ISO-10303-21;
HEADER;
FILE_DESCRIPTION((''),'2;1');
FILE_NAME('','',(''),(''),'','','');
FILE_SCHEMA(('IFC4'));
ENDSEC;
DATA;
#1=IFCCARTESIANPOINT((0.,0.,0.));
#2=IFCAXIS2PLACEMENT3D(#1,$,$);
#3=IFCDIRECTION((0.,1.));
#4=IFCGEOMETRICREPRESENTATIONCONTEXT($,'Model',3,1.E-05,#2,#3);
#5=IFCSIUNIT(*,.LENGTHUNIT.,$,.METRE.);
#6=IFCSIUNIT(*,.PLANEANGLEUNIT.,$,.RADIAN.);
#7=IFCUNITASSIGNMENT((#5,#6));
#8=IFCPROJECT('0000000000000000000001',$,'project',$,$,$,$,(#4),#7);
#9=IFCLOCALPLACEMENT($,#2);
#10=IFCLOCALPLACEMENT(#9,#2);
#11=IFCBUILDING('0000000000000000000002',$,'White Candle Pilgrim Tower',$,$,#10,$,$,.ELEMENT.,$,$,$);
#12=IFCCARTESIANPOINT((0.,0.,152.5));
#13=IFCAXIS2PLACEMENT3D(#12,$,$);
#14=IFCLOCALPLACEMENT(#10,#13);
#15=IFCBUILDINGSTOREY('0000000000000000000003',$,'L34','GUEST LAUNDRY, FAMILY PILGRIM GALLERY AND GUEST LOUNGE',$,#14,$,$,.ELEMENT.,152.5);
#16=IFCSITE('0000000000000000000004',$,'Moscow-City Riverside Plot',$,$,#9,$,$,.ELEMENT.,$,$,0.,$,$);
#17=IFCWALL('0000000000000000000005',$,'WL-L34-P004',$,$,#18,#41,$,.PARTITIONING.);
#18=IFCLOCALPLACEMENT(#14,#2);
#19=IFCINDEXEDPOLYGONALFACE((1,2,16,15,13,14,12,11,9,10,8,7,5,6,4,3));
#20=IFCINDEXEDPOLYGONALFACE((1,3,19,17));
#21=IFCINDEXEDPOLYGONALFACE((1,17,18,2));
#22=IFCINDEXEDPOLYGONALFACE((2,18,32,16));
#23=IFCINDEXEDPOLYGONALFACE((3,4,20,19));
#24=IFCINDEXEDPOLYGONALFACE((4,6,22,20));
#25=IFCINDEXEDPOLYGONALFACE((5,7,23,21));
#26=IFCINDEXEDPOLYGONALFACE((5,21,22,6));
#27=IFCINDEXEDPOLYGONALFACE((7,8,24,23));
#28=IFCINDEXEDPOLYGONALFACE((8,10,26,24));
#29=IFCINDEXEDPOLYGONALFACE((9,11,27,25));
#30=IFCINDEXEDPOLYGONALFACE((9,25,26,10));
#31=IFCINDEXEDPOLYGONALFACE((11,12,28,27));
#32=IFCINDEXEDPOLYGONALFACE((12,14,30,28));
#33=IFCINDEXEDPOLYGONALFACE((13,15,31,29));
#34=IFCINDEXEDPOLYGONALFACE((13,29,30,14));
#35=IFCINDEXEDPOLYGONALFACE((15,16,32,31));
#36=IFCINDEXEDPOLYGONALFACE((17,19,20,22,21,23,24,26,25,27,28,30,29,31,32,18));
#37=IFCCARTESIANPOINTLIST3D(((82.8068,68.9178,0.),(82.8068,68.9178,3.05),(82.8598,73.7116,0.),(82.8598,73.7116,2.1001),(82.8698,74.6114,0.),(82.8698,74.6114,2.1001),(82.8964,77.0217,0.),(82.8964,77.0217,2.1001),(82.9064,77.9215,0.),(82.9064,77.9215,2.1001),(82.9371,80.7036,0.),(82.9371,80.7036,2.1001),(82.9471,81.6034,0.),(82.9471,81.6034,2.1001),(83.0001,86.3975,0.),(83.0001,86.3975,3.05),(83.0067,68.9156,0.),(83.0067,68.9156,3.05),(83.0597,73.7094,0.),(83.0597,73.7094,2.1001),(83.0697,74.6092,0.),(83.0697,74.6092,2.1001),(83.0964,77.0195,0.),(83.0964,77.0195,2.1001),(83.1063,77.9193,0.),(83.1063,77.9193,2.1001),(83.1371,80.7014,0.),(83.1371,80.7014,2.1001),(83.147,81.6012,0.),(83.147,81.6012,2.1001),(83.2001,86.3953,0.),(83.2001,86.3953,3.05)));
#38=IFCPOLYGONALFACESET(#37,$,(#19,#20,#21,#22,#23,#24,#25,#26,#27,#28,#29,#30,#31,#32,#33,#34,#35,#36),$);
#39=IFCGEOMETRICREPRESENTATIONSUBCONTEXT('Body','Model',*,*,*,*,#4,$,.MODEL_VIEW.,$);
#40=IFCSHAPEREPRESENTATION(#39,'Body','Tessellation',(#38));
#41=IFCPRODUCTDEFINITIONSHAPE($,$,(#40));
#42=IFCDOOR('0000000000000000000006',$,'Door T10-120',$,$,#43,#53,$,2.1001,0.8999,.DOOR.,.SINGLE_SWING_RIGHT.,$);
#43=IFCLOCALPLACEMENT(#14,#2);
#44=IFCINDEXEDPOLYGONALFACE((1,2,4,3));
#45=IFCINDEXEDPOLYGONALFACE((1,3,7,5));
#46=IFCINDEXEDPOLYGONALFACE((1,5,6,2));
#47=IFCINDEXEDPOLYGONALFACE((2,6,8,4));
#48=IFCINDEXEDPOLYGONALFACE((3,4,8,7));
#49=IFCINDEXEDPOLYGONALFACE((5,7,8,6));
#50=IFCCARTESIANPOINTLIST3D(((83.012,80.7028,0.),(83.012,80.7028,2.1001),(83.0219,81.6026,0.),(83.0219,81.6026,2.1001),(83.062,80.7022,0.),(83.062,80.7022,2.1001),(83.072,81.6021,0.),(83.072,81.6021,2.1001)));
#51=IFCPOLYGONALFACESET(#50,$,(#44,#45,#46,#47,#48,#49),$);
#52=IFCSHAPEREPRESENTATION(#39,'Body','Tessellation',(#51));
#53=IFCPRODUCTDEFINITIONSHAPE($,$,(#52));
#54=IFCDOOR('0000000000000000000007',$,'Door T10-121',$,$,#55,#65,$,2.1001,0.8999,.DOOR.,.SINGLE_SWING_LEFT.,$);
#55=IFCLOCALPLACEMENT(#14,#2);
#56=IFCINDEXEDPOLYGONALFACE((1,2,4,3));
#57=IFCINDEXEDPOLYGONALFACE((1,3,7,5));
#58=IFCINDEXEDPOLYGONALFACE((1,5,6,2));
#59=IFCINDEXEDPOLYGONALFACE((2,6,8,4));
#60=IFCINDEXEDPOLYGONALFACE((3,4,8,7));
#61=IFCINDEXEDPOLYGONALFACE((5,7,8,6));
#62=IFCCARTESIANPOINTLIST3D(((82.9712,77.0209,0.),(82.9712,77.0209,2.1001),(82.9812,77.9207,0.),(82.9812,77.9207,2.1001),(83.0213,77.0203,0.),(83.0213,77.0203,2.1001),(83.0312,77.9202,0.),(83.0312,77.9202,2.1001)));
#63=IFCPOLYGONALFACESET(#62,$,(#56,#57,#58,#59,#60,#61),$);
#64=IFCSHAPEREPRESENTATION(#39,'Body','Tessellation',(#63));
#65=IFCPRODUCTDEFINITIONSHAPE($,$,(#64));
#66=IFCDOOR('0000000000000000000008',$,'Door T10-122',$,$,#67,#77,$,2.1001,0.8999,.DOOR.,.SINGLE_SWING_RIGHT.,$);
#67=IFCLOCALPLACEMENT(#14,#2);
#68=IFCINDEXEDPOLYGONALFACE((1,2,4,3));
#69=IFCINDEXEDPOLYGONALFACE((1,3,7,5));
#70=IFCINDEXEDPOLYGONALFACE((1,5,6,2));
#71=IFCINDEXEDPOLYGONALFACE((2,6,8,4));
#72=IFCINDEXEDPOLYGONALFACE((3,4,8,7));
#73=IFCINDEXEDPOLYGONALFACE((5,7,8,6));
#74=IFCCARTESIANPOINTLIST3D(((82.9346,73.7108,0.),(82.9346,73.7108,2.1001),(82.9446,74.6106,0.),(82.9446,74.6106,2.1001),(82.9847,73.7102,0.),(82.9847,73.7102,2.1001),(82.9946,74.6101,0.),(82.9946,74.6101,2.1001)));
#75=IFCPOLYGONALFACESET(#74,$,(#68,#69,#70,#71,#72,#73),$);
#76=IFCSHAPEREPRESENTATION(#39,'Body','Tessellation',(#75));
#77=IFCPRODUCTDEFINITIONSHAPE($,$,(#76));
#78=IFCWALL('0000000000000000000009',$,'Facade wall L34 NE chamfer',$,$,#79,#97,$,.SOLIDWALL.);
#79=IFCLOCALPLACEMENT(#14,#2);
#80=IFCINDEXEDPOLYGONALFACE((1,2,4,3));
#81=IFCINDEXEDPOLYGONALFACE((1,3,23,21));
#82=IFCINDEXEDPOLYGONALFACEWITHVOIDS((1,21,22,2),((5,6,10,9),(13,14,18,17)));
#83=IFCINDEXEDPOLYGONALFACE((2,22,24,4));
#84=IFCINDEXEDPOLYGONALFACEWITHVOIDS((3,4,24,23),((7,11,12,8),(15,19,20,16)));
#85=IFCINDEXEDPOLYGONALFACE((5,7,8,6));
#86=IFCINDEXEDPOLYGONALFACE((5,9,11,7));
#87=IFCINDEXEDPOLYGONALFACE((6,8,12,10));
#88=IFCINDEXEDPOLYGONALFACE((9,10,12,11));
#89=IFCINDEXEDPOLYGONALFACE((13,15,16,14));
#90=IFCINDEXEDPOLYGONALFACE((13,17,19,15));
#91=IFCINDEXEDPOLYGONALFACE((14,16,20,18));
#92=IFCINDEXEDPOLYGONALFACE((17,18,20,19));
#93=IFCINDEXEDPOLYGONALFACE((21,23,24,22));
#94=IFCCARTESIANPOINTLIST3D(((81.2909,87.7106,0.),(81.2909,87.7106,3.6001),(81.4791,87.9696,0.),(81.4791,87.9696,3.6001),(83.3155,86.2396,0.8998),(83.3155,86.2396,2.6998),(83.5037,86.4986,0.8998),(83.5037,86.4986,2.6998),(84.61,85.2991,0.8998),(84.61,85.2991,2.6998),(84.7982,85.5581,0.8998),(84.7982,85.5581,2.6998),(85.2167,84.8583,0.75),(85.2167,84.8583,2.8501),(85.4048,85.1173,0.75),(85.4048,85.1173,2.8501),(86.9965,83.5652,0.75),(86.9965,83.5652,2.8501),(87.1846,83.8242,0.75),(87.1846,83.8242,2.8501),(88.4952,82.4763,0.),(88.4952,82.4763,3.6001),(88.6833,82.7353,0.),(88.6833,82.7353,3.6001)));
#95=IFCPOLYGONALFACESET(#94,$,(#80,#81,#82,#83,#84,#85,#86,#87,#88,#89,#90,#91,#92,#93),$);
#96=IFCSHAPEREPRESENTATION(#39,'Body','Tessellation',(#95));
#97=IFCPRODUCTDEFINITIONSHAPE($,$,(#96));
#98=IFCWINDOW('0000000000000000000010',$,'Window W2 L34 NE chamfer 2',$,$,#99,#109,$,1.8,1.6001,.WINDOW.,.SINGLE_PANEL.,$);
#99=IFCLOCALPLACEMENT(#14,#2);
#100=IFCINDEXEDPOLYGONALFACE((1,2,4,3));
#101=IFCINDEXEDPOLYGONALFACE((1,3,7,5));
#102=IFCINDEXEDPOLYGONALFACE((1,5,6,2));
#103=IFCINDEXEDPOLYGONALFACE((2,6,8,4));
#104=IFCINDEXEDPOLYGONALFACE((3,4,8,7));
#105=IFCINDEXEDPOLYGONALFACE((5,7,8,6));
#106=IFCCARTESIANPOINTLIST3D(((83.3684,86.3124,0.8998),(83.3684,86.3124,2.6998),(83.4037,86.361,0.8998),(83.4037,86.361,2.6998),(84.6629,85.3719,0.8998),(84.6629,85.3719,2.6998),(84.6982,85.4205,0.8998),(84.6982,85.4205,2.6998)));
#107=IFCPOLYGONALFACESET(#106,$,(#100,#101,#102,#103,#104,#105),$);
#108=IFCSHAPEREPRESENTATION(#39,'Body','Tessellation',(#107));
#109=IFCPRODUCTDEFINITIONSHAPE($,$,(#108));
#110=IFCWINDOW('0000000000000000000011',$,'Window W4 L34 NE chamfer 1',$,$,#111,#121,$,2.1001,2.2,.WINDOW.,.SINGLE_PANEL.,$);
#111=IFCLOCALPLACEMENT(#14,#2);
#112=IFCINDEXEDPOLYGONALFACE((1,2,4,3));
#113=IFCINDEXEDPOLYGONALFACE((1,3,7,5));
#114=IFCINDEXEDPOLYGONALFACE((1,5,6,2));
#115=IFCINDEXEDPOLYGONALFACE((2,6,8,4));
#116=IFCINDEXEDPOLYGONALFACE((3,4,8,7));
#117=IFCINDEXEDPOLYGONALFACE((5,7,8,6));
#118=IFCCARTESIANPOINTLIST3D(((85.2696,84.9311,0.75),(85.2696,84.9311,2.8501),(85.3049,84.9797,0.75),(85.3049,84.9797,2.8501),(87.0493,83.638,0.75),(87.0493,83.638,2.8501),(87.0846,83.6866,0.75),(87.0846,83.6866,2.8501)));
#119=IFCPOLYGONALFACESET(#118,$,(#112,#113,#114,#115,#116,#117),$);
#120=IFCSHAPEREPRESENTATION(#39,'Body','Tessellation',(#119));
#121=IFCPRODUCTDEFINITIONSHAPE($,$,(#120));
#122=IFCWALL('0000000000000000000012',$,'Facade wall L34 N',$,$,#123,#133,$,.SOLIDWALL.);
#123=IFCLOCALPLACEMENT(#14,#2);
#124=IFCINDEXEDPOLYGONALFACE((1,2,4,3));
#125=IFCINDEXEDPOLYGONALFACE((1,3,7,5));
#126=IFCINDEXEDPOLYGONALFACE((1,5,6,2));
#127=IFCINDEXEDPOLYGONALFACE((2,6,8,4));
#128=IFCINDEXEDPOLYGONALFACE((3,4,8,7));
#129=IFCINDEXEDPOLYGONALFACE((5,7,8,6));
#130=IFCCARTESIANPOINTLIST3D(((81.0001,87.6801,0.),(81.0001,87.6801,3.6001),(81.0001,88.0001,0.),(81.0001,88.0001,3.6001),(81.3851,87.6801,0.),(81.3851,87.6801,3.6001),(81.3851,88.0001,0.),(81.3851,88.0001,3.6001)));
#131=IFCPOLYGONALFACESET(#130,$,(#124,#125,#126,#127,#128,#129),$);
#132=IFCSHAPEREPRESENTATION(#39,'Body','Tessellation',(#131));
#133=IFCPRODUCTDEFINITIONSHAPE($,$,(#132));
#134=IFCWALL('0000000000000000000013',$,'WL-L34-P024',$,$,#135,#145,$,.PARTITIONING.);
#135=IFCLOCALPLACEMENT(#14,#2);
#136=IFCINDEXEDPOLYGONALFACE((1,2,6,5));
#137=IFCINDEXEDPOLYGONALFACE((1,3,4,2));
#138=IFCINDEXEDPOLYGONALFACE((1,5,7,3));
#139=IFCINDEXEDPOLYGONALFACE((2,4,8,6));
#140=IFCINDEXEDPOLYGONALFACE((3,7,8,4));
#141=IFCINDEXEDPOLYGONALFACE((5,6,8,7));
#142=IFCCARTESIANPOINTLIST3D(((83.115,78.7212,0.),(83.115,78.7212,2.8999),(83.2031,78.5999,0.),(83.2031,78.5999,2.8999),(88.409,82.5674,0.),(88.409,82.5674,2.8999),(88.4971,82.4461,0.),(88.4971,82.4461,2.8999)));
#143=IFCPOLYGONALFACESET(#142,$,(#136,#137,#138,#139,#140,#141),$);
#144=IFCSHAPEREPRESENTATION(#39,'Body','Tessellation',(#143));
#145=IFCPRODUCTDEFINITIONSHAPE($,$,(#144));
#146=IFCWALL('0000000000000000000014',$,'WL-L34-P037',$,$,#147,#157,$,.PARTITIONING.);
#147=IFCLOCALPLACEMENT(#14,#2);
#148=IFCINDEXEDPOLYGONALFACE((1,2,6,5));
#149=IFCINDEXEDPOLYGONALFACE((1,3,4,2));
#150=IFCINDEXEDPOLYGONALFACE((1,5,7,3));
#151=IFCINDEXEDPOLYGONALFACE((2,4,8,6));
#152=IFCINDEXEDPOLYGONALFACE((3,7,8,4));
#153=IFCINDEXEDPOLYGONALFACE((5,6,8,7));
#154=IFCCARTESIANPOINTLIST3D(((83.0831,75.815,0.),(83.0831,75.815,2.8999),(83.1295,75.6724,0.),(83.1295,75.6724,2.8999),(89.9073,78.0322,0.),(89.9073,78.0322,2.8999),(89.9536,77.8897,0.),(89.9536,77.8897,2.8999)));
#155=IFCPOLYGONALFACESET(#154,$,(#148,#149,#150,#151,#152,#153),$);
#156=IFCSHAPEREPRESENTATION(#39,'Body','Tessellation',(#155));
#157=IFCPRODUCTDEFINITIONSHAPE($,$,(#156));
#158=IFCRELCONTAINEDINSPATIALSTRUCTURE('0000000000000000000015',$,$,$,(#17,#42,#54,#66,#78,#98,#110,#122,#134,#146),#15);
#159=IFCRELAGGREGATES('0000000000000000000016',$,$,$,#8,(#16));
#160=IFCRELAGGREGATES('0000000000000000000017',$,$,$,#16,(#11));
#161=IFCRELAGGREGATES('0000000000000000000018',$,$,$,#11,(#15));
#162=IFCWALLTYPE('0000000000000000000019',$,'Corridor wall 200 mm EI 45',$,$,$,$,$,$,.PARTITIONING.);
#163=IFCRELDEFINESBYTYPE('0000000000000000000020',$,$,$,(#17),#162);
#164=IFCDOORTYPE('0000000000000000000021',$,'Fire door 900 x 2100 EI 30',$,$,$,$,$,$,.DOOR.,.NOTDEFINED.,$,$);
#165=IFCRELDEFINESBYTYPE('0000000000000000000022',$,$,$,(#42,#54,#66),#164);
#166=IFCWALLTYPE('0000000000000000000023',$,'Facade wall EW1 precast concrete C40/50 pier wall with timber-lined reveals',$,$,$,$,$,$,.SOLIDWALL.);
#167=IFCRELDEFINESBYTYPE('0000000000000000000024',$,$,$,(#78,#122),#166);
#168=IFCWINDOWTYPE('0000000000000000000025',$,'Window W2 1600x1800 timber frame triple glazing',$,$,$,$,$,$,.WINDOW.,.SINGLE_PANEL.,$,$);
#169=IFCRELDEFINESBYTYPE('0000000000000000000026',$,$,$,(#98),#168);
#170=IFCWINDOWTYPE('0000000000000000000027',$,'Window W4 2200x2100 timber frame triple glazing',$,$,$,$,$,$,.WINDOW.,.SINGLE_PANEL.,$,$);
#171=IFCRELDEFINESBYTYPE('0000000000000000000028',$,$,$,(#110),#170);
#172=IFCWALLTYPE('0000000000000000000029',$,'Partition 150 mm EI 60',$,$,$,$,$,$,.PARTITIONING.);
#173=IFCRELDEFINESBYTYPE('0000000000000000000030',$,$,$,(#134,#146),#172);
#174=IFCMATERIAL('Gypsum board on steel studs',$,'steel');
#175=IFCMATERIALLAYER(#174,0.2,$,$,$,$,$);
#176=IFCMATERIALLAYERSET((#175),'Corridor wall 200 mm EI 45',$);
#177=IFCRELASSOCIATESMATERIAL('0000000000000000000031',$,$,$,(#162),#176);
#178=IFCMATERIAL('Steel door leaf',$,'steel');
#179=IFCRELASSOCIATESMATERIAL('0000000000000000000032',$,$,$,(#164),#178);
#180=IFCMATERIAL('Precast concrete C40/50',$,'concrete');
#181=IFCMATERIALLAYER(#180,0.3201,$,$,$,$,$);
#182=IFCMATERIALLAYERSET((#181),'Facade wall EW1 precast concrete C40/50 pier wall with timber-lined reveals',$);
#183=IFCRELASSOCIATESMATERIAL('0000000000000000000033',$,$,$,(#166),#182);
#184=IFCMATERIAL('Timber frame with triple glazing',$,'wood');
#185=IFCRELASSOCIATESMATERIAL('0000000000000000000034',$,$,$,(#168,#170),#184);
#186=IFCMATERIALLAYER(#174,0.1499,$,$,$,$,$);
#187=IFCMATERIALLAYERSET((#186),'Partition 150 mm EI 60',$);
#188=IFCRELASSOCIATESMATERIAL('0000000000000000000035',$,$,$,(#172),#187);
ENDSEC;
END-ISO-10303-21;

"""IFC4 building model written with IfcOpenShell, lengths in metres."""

from ifc_helpers import new_model, si_unit, direction, frame, frame_2d, origin, place, context, subcontext, project, spatial, rectangle, extrude, material, layer, layer_set, type_object, element, fill, save


model = new_model("IFC4")

# Units and contexts
model_context = context("Model", 3, precision=1e-05, world=origin(), true_north=direction((0.0, 1.0)))
body_context = subcontext(model_context, "Body", "Model", "MODEL_VIEW")
ifc_project = project(units=[si_unit("LENGTHUNIT", "METRE"), si_unit("PLANEANGLEUNIT", "RADIAN")], contexts=[model_context])

# Site, building, storey
site_placement = place(None, origin())
site = spatial("IfcSite", under=ifc_project, at=site_placement, Name="Moscow-City Riverside Plot", CompositionType="ELEMENT", RefElevation=0.0)
building_placement = place(site_placement, origin())
building = spatial("IfcBuilding", under=site, at=building_placement, Name="White Candle Pilgrim Tower", CompositionType="ELEMENT")
storey_placement = place(building_placement, frame((0.0, 0.0, 152.5)))
storey = spatial("IfcBuildingStorey", under=building, at=storey_placement, Name="L34", Description="GUEST LAUNDRY, FAMILY PILGRIM GALLERY AND GUEST LOUNGE", CompositionType="ELEMENT", Elevation=152.5)

# Shared definitions
ifc_material_1 = material(Name="Steel door leaf", Category="steel")

# Wall, openings, doors
ifc_material_2 = material(Name="Gypsum board on steel studs", Category="steel")
ifc_layer_1 = layer(ifc_material_2, 0.2)
ifc_layer_set_1 = layer_set([ifc_layer_1], Name="Corridor wall 200 mm EI 45")
wall_type_1 = type_object("IfcWallType", Name="Corridor wall 200 mm EI 45", PredefinedType="PARTITIONING", material=ifc_layer_set_1)
wall_1_placement = place(storey_placement, frame((83.1001, 86.3962, 0.0), z_axis=(0.0, 0.0, 1.0), x_axis=(-0.011061, -0.999939, 0.0)))
wall_1 = element("IfcWall", 1, at=wall_1_placement, inside=storey, type_object=wall_type_1, Name="WL-L34-P004", PredefinedType="PARTITIONING", context=body_context, shape_type="SweptSolid", body=[
    extrude(rectangle(XDim=17.4807, YDim=0.2, at=frame_2d((8.7402, 0.0))), origin(), (0.0, 0.0, 1.0), 3.05),
])
opening_1_placement = place(wall_1_placement, frame((4.7942, 0.0, 0.0)))
opening_1 = element("IfcOpeningElement", 2, at=opening_1_placement, cuts=wall_1, PredefinedType="OPENING", context=body_context, shape_type="SweptSolid", body=[
    extrude(rectangle(XDim=0.8999, YDim=2.1001, at=frame_2d((0.45, 1.05))), frame((0.0, 0.1099, 0.0), z_axis=(0.0, -1.0, 0.0), x_axis=(1.0, 0.0, 0.0)), (0.0, 0.0, 1.0), 0.22),
])
opening_2_placement = place(wall_1_placement, frame((8.4763, 0.0, 0.0)))
opening_2 = element("IfcOpeningElement", 3, at=opening_2_placement, cuts=wall_1, PredefinedType="OPENING", context=body_context, shape_type="SweptSolid", body=[
    extrude(rectangle(XDim=0.8999, YDim=2.1001, at=frame_2d((0.45, 1.05))), frame((0.0, 0.1099, 0.0), z_axis=(0.0, -1.0, 0.0), x_axis=(1.0, 0.0, 0.0)), (0.0, 0.0, 1.0), 0.22),
])
opening_3_placement = place(wall_1_placement, frame((11.7866, 0.0, 0.0)))
opening_3 = element("IfcOpeningElement", 4, at=opening_3_placement, cuts=wall_1, PredefinedType="OPENING", context=body_context, shape_type="SweptSolid", body=[
    extrude(rectangle(XDim=0.8999, YDim=2.1001, at=frame_2d((0.45, 1.05))), frame((0.0, 0.1099, 0.0), z_axis=(0.0, -1.0, 0.0), x_axis=(1.0, 0.0, 0.0)), (0.0, 0.0, 1.0), 0.22),
])
door_type_1 = type_object("IfcDoorType", Name="Fire door 900 x 2100 EI 30", OperationType="NOTDEFINED", PredefinedType="DOOR", material=ifc_material_1)
door_1_placement = place(opening_1_placement, origin())
door_1 = element("IfcDoor", 5, at=door_1_placement, inside=storey, type_object=door_type_1, Name="Door T10-120", OperationType="SINGLE_SWING_RIGHT", OverallHeight=2.1001, OverallWidth=0.8999, PredefinedType="DOOR", context=body_context, shape_type="SweptSolid", body=[
    extrude(rectangle(XDim=0.8999, YDim=2.1001, at=frame_2d((0.45, 1.05))), frame((0.0, 0.0249, 0.0), z_axis=(0.0, -1.0, 0.0), x_axis=(1.0, 0.0, 0.0)), (0.0, 0.0, 1.0), 0.05),
])
fill(opening_1, door_1)
door_2_placement = place(opening_2_placement, origin())
door_2 = element("IfcDoor", 6, at=door_2_placement, inside=storey, type_object=door_type_1, Name="Door T10-121", OperationType="SINGLE_SWING_LEFT", OverallHeight=2.1001, OverallWidth=0.8999, PredefinedType="DOOR", context=body_context, shape_type="SweptSolid", body=[
    extrude(rectangle(XDim=0.8999, YDim=2.1001, at=frame_2d((0.45, 1.05))), frame((0.0, 0.0249, 0.0), z_axis=(0.0, -1.0, 0.0), x_axis=(1.0, 0.0, 0.0)), (0.0, 0.0, 1.0), 0.05),
])
fill(opening_2, door_2)
door_3_placement = place(opening_3_placement, origin())
door_3 = element("IfcDoor", 7, at=door_3_placement, inside=storey, type_object=door_type_1, Name="Door T10-122", OperationType="SINGLE_SWING_RIGHT", OverallHeight=2.1001, OverallWidth=0.8999, PredefinedType="DOOR", context=body_context, shape_type="SweptSolid", body=[
    extrude(rectangle(XDim=0.8999, YDim=2.1001, at=frame_2d((0.45, 1.05))), frame((0.0, 0.0249, 0.0), z_axis=(0.0, -1.0, 0.0), x_axis=(1.0, 0.0, 0.0)), (0.0, 0.0, 1.0), 0.05),
])
fill(opening_3, door_3)

# Wall, openings, windows
ifc_material_3 = material(Name="Precast concrete C40/50", Category="concrete")
ifc_layer_2 = layer(ifc_material_3, 0.3201)
ifc_layer_set_2 = layer_set([ifc_layer_2], Name="Facade wall EW1 precast concrete C40/50 pier wall with timber-lined reveals")
wall_type_2 = type_object("IfcWallType", Name="Facade wall EW1 precast concrete C40/50 pier wall with timber-lined reveals", PredefinedType="SOLIDWALL", material=ifc_layer_set_2)
wall_2_placement = place(storey_placement, frame((88.5894, 82.6057, 0.0), z_axis=(0.0, 0.0, 1.0), x_axis=(-0.809011, 0.587793, 0.0)))
wall_2 = element("IfcWall", 8, at=wall_2_placement, inside=storey, type_object=wall_type_2, Name="Facade wall L34 NE chamfer", PredefinedType="SOLIDWALL", context=body_context, shape_type="SweptSolid", body=[
    extrude(rectangle(XDim=8.905, YDim=0.3201, at=frame_2d((4.4526, 0.0))), origin(), (0.0, 0.0, 1.0), 3.6001),
])
opening_4_placement = place(wall_2_placement, frame((1.8525, 0.0, 0.75)))
opening_4 = element("IfcOpeningElement", 9, at=opening_4_placement, cuts=wall_2, PredefinedType="OPENING", context=body_context, shape_type="SweptSolid", body=[
    extrude(rectangle(XDim=2.2, YDim=2.1001, at=frame_2d((1.1001, 1.05))), frame((0.0, 0.1699, 0.0), z_axis=(0.0, -1.0, 0.0), x_axis=(1.0, 0.0, 0.0)), (0.0, 0.0, 1.0), 0.3401),
])
opening_5_placement = place(wall_2_placement, frame((4.8025, 0.0, 0.8999)))
opening_5 = element("IfcOpeningElement", 10, at=opening_5_placement, cuts=wall_2, PredefinedType="OPENING", context=body_context, shape_type="SweptSolid", body=[
    extrude(rectangle(XDim=1.6001, YDim=1.8, at=frame_2d((0.8, 0.8999))), frame((0.0, 0.1699, 0.0), z_axis=(0.0, -1.0, 0.0), x_axis=(1.0, 0.0, 0.0)), (0.0, 0.0, 1.0), 0.3401),
])
ifc_material_4 = material(Name="Timber frame with triple glazing", Category="wood")
window_type_1 = type_object("IfcWindowType", Name="Window W2 1600x1800 timber frame triple glazing", PartitioningType="SINGLE_PANEL", PredefinedType="WINDOW", material=ifc_material_4)
window_1_placement = place(opening_5_placement, origin())
window_1 = element("IfcWindow", 11, at=window_1_placement, inside=storey, type_object=window_type_1, Name="Window W2 L34 NE chamfer 2", OverallHeight=1.8, OverallWidth=1.6001, PartitioningType="SINGLE_PANEL", PredefinedType="WINDOW", context=body_context, shape_type="SweptSolid", body=[
    extrude(rectangle(XDim=1.6001, YDim=1.8, at=frame_2d((0.8, 0.8999))), frame((0.0, 0.0701, 0.0), z_axis=(0.0, -1.0, 0.0), x_axis=(1.0, 0.0, 0.0)), (0.0, 0.0, 1.0), 0.0601),
])
fill(opening_5, window_1)
window_type_2 = type_object("IfcWindowType", Name="Window W4 2200x2100 timber frame triple glazing", PartitioningType="SINGLE_PANEL", PredefinedType="WINDOW", material=ifc_material_4)
window_2_placement = place(opening_4_placement, origin())
window_2 = element("IfcWindow", 12, at=window_2_placement, inside=storey, type_object=window_type_2, Name="Window W4 L34 NE chamfer 1", OverallHeight=2.1001, OverallWidth=2.2, PartitioningType="SINGLE_PANEL", PredefinedType="WINDOW", context=body_context, shape_type="SweptSolid", body=[
    extrude(rectangle(XDim=2.2, YDim=2.1001, at=frame_2d((1.1001, 1.05))), frame((0.0, 0.0701, 0.0), z_axis=(0.0, -1.0, 0.0), x_axis=(1.0, 0.0, 0.0)), (0.0, 0.0, 1.0), 0.0601),
])
fill(opening_4, window_2)

# Walls
wall_3_placement = place(storey_placement, frame((81.385, 87.8401, 0.0), z_axis=(0.0, 0.0, 1.0), x_axis=(-1.0, 0.0, 0.0)))
element("IfcWall", 13, at=wall_3_placement, inside=storey, type_object=wall_type_2, Name="Facade wall L34 N", PredefinedType="SOLIDWALL", context=body_context, shape_type="SweptSolid", body=[
    extrude(rectangle(XDim=0.385, YDim=0.3201, at=frame_2d((0.1924, 0.0))), origin(), (0.0, 0.0, 1.0), 3.6001),
])
ifc_layer_3 = layer(ifc_material_2, 0.1499)
ifc_layer_set_3 = layer_set([ifc_layer_3], Name="Partition 150 mm EI 60")
wall_type_3 = type_object("IfcWallType", Name="Partition 150 mm EI 60", PredefinedType="PARTITIONING", material=ifc_layer_set_3)
wall_4_placement = place(storey_placement, frame((88.4531, 82.5068, 0.0), z_axis=(0.0, 0.0, 1.0), x_axis=(-0.809023, -0.587777, 0.0)))
element("IfcWall", 14, at=wall_4_placement, inside=storey, type_object=wall_type_3, Name="WL-L34-P024", PredefinedType="PARTITIONING", context=body_context, shape_type="SweptSolid", body=[
    extrude(rectangle(XDim=6.5437, YDim=0.1499, at=frame_2d((3.272, 0.0))), origin(), (0.0, 0.0, 1.0), 2.8999),
])
wall_5_placement = place(storey_placement, frame((89.9304, 77.9609, 0.0), z_axis=(0.0, 0.0, 1.0), x_axis=(-0.951058, -0.309012, 0.0)))
element("IfcWall", 15, at=wall_5_placement, inside=storey, type_object=wall_type_3, Name="WL-L34-P037", PredefinedType="PARTITIONING", context=body_context, shape_type="SweptSolid", body=[
    extrude(rectangle(XDim=7.1753, YDim=0.1499, at=frame_2d((3.5876, 0.0))), origin(), (0.0, 0.0, 1.0), 2.8999),
])

save(model, "model.ifc")
